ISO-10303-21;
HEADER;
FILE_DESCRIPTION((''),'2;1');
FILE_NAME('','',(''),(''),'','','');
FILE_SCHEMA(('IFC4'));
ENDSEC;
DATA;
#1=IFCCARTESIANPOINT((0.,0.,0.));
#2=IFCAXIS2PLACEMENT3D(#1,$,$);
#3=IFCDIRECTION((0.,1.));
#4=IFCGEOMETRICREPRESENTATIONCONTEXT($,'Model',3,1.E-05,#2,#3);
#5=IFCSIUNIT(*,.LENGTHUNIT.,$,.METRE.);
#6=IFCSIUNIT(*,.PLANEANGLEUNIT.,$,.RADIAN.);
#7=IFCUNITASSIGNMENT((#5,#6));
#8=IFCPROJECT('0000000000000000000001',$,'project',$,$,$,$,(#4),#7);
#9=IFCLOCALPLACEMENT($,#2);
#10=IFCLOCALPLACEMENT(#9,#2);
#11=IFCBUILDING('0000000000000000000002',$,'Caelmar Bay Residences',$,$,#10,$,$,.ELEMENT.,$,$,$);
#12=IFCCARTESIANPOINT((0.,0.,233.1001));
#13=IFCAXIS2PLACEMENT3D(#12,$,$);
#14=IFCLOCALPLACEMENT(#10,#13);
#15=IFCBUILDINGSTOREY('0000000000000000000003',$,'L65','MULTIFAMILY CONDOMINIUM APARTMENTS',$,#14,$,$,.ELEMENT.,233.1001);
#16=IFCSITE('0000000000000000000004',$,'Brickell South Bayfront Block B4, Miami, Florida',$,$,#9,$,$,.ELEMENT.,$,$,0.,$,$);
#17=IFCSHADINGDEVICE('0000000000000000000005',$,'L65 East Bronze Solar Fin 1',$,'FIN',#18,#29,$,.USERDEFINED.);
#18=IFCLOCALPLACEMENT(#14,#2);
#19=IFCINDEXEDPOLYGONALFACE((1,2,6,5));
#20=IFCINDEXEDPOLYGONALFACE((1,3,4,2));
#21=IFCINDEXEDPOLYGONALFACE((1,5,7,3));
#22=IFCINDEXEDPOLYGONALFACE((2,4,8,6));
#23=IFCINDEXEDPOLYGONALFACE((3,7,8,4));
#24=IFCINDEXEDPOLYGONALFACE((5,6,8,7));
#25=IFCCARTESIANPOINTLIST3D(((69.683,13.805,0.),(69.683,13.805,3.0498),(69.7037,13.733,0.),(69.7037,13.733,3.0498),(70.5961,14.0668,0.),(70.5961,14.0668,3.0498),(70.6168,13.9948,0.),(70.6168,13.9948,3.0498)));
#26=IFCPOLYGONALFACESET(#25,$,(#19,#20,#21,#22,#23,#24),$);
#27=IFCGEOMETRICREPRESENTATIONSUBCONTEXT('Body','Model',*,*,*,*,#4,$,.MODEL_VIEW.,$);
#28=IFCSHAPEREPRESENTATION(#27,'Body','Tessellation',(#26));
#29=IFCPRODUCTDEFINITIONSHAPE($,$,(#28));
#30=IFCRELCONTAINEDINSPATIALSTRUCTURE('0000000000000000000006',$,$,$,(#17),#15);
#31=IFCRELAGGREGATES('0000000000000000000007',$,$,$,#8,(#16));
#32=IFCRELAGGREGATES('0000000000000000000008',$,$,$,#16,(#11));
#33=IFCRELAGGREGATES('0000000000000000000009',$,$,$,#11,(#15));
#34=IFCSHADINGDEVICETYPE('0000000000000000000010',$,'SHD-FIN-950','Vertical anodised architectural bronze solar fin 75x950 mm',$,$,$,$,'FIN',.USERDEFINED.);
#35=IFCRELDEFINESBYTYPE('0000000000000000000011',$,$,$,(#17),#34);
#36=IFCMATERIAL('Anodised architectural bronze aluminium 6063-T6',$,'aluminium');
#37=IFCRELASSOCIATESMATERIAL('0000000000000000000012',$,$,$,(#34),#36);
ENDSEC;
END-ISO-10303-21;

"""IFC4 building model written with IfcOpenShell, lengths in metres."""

from ifc_helpers import new_model, si_unit, direction, frame, origin, origin_2d, place, context, subcontext, project, spatial, rectangle, extrude, material, material_profile, profile_set, type_object, element, save


model = new_model("IFC4")

# Units and contexts
model_context = context("Model", 3, precision=1e-05, world=origin(), true_north=direction((0.0, 1.0)))
body_context = subcontext(model_context, "Body", "Model", "MODEL_VIEW")
ifc_project = project(units=[si_unit("LENGTHUNIT", "METRE"), si_unit("PLANEANGLEUNIT", "RADIAN")], contexts=[model_context])

# Site, building, storey
site_placement = place(None, origin())
site = spatial("IfcSite", under=ifc_project, at=site_placement, Name="Brickell South Bayfront Block B4, Miami, Florida", CompositionType="ELEMENT", RefElevation=0.0)
building_placement = place(site_placement, origin())
building = spatial("IfcBuilding", under=site, at=building_placement, Name="Caelmar Bay Residences", CompositionType="ELEMENT")
storey_placement = place(building_placement, frame((0.0, 0.0, 233.1001)))
storey = spatial("IfcBuildingStorey", under=building, at=storey_placement, Name="L65", Description="MULTIFAMILY CONDOMINIUM APARTMENTS", CompositionType="ELEMENT", Elevation=233.1001)

# Shading device
ifc_material_1 = material(Name="Anodised architectural bronze aluminium 6063-T6", Category="aluminium")
ifc_material_profile_1 = material_profile(ifc_material_1, rectangle(XDim=0.075, YDim=0.95, at=origin_2d()), Name="BRONZE-FIN-75X950")
ifc_profile_set_1 = profile_set([ifc_material_profile_1], Name="Anodised architectural bronze aluminium 6063-T6")
shading_device_type = type_object("IfcShadingDeviceType", Name="SHD-FIN-950", Description="Vertical anodised architectural bronze solar fin 75x950 mm", ElementType="FIN", PredefinedType="USERDEFINED", material=ifc_profile_set_1)
shading_device_placement = place(storey_placement, frame((70.1499, 13.8999, 0.0), z_axis=(0.0, 0.0, 1.0), x_axis=(-0.275637, 0.961262, 0.0)))
element("IfcShadingDevice", 1, at=shading_device_placement, inside=storey, type_object=shading_device_type, Name="L65 East Bronze Solar Fin 1", ObjectType="FIN", PredefinedType="USERDEFINED", context=body_context, shape_type="SweptSolid", body=[
    extrude(rectangle(XDim=0.075, YDim=0.95, at=origin_2d()), origin(), (0.0, 0.0, 1.0), 3.0498),
])

save(model, "model.ifc")
